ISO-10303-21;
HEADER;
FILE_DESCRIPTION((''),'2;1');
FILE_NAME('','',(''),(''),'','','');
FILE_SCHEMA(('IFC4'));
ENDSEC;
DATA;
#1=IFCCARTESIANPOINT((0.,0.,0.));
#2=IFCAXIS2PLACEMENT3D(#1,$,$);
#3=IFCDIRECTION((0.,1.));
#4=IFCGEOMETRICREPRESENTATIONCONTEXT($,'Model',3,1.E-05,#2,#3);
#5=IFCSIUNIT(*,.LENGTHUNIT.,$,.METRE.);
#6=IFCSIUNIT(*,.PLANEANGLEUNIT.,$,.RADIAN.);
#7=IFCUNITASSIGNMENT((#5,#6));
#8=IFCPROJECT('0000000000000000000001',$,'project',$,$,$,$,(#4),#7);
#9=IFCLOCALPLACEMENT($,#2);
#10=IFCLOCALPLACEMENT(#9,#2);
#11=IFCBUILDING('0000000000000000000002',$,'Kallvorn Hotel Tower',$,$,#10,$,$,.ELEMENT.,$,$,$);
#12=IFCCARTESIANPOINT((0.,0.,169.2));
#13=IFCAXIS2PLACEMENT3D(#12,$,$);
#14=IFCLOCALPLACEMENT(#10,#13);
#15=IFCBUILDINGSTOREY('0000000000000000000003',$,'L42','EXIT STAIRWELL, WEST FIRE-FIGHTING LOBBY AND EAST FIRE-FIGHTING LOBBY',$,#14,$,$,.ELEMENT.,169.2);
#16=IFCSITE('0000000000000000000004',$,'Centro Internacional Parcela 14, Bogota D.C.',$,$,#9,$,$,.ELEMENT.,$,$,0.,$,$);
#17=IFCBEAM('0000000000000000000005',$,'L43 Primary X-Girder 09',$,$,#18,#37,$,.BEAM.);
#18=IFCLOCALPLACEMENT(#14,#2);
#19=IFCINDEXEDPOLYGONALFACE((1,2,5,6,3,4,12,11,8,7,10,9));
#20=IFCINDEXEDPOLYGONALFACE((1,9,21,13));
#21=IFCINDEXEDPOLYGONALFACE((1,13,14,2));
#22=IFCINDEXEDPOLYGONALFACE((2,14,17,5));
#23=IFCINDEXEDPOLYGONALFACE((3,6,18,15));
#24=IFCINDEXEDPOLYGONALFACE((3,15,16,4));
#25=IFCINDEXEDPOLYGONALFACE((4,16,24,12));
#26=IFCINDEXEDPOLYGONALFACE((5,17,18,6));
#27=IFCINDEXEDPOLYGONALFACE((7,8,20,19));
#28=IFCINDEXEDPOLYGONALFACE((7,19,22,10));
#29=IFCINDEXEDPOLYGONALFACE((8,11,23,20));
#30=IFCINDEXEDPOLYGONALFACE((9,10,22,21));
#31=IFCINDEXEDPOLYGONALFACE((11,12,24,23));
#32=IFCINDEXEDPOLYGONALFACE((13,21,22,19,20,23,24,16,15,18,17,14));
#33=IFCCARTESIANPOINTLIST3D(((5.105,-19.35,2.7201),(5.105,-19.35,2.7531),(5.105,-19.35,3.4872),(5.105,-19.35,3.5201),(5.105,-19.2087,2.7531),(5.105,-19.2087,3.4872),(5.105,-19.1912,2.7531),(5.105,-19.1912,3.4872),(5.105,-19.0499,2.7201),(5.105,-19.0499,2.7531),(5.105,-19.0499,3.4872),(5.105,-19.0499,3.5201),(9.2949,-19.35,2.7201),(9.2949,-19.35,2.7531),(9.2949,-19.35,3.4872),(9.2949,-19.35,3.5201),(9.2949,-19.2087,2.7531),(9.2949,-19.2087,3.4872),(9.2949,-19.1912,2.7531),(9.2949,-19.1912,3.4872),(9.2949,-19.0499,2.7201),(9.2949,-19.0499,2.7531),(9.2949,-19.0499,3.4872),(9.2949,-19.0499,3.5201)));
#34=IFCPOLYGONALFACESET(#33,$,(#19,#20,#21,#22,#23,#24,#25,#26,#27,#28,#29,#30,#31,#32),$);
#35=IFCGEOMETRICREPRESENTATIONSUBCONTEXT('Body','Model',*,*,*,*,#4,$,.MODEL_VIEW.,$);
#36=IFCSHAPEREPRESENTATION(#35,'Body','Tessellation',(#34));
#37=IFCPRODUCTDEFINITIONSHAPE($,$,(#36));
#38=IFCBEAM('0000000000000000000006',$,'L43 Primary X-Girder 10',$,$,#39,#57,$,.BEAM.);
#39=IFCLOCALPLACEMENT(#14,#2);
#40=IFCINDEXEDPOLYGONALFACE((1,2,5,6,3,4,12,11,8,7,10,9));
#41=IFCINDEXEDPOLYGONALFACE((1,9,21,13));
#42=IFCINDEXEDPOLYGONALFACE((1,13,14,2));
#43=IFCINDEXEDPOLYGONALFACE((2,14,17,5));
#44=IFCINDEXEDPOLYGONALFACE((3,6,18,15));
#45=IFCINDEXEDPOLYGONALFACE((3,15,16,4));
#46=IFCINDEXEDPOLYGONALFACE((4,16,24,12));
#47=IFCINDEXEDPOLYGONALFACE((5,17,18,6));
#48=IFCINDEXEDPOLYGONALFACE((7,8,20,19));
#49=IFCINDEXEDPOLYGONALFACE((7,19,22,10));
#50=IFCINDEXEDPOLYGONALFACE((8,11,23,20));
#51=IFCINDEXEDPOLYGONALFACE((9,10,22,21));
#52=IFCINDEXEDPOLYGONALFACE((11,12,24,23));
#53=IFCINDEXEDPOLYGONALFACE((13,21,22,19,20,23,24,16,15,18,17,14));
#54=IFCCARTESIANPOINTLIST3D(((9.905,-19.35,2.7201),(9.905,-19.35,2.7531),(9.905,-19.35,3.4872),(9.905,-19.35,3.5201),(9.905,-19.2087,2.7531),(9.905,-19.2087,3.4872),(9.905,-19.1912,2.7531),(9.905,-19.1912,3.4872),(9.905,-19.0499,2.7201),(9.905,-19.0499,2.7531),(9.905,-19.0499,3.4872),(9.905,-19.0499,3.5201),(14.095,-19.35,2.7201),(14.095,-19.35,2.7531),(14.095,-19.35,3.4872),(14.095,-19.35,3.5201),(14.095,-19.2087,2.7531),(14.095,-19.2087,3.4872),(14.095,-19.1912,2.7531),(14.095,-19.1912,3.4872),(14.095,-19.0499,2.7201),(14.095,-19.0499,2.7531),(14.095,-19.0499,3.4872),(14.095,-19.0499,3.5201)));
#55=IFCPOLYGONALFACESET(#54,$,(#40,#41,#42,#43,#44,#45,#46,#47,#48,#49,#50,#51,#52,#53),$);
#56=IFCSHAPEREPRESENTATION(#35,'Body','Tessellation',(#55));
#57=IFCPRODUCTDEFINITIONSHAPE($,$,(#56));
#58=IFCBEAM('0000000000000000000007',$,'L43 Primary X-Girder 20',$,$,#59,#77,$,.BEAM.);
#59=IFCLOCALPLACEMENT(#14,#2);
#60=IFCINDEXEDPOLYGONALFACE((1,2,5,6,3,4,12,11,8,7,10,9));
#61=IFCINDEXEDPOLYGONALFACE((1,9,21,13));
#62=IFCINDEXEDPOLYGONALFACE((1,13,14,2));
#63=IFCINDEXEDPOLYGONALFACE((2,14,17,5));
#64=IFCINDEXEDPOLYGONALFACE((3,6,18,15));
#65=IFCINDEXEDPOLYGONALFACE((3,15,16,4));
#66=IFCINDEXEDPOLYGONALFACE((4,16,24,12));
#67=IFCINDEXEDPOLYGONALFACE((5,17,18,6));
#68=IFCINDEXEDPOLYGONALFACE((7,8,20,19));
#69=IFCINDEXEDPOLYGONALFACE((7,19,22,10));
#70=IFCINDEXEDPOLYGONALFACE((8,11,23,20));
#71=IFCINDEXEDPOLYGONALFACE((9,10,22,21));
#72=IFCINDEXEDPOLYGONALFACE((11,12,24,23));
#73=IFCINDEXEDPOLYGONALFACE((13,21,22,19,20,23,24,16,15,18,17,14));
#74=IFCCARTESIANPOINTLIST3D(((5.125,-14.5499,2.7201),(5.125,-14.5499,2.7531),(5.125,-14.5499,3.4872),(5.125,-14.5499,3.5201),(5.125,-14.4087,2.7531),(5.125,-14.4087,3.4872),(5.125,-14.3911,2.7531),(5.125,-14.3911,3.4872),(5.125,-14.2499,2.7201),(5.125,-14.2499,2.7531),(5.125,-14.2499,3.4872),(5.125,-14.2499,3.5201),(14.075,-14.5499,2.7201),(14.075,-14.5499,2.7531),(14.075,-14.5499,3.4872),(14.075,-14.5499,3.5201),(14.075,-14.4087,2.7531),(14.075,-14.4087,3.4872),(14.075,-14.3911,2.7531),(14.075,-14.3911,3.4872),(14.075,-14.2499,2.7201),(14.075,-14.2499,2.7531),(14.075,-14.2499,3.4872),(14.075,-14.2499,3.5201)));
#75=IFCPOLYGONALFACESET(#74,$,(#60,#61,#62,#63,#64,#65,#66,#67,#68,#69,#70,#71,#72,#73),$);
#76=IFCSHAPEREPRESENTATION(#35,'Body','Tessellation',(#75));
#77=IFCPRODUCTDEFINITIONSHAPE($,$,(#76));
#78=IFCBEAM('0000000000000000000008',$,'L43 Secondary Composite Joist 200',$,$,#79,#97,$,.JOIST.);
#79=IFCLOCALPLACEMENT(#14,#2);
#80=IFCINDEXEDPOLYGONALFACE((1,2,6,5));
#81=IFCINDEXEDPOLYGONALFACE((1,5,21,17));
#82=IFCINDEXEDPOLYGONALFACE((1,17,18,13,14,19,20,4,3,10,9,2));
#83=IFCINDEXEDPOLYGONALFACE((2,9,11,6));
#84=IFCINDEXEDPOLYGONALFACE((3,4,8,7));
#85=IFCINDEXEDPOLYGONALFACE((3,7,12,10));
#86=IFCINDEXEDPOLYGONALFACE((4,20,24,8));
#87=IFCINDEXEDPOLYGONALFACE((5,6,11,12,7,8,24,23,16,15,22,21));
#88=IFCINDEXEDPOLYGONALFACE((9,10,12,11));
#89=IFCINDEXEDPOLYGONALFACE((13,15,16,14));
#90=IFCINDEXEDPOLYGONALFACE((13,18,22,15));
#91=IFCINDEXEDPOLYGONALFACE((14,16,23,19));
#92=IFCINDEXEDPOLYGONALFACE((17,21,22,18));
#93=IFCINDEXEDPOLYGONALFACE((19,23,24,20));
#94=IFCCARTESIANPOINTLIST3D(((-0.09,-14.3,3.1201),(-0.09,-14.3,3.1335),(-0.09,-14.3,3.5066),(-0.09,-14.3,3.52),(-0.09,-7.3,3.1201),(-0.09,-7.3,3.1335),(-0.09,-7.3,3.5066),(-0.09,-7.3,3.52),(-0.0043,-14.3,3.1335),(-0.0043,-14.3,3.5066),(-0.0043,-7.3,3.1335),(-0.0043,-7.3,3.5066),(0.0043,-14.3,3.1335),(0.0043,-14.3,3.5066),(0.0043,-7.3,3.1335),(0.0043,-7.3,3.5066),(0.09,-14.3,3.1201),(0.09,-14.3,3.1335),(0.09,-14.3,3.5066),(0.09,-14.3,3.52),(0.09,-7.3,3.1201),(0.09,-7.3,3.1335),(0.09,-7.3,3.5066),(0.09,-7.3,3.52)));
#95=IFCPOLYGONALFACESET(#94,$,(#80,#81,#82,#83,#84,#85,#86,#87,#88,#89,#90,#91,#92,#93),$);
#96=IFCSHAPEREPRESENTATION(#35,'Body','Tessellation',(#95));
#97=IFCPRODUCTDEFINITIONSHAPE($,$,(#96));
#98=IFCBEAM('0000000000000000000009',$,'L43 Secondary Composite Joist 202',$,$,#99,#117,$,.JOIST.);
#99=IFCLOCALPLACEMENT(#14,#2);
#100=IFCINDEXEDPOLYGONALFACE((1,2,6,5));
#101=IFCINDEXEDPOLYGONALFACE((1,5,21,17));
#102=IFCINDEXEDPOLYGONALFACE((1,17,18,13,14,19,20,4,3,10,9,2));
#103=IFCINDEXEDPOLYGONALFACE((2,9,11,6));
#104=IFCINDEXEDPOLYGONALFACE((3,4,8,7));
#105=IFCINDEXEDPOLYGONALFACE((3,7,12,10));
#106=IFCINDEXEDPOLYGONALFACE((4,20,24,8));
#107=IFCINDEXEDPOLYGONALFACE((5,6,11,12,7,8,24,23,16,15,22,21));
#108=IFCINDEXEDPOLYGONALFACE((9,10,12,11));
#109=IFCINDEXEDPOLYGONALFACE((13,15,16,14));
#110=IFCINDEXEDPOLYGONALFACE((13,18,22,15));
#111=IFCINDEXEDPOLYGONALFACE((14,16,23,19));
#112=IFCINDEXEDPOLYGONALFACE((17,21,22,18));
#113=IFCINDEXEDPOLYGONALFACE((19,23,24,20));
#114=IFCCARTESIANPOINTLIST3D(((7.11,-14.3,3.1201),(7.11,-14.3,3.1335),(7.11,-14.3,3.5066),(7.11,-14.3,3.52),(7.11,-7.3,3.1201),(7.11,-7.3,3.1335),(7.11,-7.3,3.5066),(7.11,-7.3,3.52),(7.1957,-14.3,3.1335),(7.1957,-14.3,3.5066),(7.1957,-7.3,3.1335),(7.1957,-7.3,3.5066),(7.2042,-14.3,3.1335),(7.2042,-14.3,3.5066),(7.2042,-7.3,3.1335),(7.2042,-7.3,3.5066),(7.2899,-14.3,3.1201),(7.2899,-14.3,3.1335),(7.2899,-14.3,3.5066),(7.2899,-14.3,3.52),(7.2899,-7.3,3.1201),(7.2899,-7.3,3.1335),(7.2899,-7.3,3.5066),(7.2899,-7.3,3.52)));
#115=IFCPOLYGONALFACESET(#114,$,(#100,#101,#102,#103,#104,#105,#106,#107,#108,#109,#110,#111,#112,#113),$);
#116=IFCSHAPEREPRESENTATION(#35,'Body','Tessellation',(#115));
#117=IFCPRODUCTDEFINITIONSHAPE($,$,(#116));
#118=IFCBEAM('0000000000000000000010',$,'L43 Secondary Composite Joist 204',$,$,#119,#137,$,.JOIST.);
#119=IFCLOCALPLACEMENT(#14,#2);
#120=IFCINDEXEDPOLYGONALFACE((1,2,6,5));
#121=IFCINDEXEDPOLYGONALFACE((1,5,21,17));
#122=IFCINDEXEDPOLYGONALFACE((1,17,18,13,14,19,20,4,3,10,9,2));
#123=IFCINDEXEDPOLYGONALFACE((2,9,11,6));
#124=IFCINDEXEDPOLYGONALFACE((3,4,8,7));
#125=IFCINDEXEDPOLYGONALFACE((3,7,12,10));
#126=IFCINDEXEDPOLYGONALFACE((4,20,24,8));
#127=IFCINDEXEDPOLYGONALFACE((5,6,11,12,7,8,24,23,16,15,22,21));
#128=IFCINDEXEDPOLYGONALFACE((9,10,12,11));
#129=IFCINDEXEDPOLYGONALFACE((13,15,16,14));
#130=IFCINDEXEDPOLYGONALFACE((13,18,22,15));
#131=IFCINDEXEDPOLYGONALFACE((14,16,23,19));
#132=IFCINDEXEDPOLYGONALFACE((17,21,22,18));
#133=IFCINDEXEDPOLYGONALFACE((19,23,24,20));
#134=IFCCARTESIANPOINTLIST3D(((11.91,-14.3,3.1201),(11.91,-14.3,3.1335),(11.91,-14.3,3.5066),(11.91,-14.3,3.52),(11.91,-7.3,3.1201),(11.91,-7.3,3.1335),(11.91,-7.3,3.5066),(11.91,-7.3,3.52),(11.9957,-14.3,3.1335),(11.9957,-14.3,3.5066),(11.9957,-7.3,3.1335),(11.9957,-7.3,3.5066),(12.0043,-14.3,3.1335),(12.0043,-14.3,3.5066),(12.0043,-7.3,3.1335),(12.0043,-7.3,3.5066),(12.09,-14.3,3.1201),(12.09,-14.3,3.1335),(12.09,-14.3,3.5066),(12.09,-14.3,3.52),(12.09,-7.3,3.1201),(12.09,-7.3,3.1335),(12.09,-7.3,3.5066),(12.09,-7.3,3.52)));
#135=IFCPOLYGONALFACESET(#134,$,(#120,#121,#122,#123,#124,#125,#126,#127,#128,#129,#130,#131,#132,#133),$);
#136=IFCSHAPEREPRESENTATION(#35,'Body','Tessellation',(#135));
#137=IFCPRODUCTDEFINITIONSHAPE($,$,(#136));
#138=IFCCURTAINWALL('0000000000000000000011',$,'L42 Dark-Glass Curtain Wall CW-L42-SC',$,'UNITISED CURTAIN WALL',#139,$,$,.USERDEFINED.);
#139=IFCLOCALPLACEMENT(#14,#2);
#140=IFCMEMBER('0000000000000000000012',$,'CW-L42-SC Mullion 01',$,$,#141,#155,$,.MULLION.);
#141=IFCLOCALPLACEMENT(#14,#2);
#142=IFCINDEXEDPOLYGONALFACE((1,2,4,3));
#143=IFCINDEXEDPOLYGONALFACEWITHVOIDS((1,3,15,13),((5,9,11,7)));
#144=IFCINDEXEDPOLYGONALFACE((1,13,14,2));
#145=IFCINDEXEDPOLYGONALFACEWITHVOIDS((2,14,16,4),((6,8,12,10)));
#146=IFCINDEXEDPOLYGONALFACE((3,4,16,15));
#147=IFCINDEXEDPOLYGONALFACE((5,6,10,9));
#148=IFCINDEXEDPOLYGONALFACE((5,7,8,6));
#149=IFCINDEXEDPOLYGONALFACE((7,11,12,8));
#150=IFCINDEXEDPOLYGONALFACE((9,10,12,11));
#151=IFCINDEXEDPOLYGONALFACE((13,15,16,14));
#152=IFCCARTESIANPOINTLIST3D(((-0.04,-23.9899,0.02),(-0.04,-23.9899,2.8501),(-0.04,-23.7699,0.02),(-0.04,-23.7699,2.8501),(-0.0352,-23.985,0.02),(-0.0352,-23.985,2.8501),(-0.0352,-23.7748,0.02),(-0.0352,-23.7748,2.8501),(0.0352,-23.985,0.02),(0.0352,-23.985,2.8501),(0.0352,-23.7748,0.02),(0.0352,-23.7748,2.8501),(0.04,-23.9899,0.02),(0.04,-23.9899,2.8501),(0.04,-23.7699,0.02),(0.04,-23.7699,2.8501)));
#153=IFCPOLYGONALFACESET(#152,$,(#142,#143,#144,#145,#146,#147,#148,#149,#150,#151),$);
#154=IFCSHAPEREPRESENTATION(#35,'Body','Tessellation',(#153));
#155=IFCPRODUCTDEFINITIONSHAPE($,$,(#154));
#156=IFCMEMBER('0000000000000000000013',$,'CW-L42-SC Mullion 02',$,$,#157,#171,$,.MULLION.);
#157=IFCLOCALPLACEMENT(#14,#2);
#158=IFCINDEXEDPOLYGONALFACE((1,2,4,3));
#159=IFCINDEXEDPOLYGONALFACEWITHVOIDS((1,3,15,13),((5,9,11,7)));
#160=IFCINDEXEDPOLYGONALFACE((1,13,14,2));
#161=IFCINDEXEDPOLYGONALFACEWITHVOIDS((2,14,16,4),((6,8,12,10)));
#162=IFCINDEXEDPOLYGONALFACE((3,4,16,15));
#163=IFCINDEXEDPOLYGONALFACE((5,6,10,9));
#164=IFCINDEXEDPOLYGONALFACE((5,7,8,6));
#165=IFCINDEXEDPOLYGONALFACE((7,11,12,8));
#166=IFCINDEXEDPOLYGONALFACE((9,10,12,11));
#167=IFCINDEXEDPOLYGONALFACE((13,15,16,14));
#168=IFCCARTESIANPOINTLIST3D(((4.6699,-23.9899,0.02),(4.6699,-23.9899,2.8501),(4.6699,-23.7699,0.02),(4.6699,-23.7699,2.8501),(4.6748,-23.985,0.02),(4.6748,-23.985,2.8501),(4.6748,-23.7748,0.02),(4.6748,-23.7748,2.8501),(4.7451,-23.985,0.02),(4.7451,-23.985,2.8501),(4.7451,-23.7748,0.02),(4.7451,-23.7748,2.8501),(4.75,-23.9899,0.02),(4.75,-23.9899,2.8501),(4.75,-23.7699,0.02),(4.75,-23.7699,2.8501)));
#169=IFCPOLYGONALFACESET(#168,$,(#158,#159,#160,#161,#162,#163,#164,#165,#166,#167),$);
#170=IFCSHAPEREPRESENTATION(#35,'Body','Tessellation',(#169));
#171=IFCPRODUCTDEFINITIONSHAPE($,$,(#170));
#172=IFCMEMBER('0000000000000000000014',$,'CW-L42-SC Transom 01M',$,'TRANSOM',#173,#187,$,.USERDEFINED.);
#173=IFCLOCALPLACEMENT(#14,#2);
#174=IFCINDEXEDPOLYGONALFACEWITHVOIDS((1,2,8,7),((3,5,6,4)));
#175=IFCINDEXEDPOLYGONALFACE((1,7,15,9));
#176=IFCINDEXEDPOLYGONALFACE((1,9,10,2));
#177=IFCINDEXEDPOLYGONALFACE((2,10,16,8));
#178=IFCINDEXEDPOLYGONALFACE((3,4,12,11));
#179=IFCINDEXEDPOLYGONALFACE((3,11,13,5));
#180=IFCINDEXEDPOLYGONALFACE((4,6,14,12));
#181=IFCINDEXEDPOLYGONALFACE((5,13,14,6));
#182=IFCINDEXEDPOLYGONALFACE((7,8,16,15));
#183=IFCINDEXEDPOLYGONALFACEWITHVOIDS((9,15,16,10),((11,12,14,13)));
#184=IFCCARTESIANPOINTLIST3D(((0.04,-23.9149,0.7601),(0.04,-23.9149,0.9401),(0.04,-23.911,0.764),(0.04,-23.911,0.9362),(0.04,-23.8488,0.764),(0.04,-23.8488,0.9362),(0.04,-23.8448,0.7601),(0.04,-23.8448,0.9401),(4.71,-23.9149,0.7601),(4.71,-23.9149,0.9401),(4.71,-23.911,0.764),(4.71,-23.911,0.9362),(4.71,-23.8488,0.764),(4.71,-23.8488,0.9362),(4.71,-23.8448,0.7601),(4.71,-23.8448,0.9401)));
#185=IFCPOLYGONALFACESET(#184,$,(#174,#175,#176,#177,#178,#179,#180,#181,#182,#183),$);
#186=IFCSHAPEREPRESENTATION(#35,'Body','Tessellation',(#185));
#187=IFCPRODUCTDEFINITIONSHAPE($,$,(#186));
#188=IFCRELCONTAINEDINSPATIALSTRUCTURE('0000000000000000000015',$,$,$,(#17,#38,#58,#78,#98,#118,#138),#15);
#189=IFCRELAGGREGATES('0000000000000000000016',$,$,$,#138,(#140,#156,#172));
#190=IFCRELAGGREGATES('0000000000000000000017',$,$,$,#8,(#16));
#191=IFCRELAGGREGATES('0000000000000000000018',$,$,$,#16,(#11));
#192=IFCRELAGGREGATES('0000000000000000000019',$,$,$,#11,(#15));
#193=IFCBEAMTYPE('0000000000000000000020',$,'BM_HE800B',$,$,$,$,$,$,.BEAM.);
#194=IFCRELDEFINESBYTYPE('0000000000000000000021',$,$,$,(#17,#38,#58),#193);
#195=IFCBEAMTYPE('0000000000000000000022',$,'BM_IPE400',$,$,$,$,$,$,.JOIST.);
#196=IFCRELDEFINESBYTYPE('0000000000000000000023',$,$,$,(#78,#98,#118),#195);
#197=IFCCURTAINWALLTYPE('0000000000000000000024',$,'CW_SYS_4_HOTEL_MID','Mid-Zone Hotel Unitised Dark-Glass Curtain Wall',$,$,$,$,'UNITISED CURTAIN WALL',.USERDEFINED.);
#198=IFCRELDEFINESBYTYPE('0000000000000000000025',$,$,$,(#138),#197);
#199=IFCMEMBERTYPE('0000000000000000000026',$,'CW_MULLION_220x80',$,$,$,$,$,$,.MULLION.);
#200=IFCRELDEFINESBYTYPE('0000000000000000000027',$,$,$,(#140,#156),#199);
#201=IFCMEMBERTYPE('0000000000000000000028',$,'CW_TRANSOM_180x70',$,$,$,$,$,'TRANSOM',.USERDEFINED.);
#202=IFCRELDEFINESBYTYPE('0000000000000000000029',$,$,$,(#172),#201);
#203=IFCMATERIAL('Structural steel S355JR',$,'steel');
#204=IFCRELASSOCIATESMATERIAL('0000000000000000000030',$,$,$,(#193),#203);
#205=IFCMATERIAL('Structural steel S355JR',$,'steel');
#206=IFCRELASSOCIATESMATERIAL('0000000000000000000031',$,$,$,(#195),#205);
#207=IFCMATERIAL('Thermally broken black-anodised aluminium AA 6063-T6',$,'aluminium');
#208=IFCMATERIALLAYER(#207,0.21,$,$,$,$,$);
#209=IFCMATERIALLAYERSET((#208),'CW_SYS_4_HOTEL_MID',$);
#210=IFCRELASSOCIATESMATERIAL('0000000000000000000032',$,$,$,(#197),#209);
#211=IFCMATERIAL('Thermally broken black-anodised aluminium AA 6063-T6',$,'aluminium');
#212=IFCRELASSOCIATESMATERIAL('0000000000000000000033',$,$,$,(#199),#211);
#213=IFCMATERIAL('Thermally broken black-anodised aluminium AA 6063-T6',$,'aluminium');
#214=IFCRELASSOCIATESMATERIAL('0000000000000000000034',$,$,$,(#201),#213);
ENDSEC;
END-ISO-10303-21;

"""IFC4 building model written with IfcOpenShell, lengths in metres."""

from ifc_helpers import new_model, si_unit, direction, frame, origin, origin_2d, place, context, subcontext, project, spatial, hollow_rectangle, i_section, extrude, material, layer, layer_set, material_profile, profile_set, type_object, element, aggregate, save


model = new_model("IFC4")

# Units and contexts
model_context = context("Model", 3, precision=1e-05, world=origin(), true_north=direction((0.0, 1.0)))
body_context = subcontext(model_context, "Body", "Model", "MODEL_VIEW")
ifc_project = project(units=[si_unit("LENGTHUNIT", "METRE"), si_unit("PLANEANGLEUNIT", "RADIAN")], contexts=[model_context])

# Site, building, storey
site_placement = place(None, origin())
site = spatial("IfcSite", under=ifc_project, at=site_placement, Name="Centro Internacional Parcela 14, Bogota D.C.", CompositionType="ELEMENT", RefElevation=0.0)
building_placement = place(site_placement, origin())
building = spatial("IfcBuilding", under=site, at=building_placement, Name="Kallvorn Hotel Tower", CompositionType="ELEMENT")
storey_placement = place(building_placement, frame((0.0, 0.0, 169.2)))
storey = spatial("IfcBuildingStorey", under=building, at=storey_placement, Name="L42", Description="EXIT STAIRWELL, WEST FIRE-FIGHTING LOBBY AND EAST FIRE-FIGHTING LOBBY", CompositionType="ELEMENT", Elevation=169.2)

# Beams
ifc_material_1 = material(Name="Structural steel S355JR", Category="steel")
ifc_material_profile_1 = material_profile(ifc_material_1, i_section(OverallWidth=0.3, OverallDepth=0.8, WebThickness=0.0176, FlangeThickness=0.033, at=origin_2d()), Name="HE 800 B")
ifc_profile_set_1 = profile_set([ifc_material_profile_1], Name="Structural steel S355JR")
beam_type_1 = type_object("IfcBeamType", Name="BM_HE800B", PredefinedType="BEAM", material=ifc_profile_set_1)
for number, where, z_axis, x_axis, name in (
    (1, (5.105, -19.2, 3.1201), (1.0, 0.0, 0.0), (0.0, 1.0, 0.0), "L43 Primary X-Girder 09"),
    (2, (9.905, -19.2, 3.1201), (1.0, 0.0, 0.0), (0.0, 1.0, 0.0), "L43 Primary X-Girder 10"),
):
    element("IfcBeam", number, at=place(storey_placement, frame(where, z_axis=z_axis, x_axis=x_axis)), inside=storey, type_object=beam_type_1, Name=name, PredefinedType="BEAM", context=body_context, shape_type="SweptSolid", body=[
        extrude(i_section(OverallWidth=0.3, OverallDepth=0.8, WebThickness=0.0176, FlangeThickness=0.033, at=origin_2d()), origin(), (0.0, 0.0, 1.0), 4.1899),
    ])
beam_1_placement = place(storey_placement, frame((5.125, -14.3999, 3.1201), z_axis=(1.0, 0.0, 0.0), x_axis=(0.0, 1.0, 0.0)))
element("IfcBeam", 3, at=beam_1_placement, inside=storey, type_object=beam_type_1, Name="L43 Primary X-Girder 20", PredefinedType="BEAM", context=body_context, shape_type="SweptSolid", body=[
    extrude(i_section(OverallWidth=0.3, OverallDepth=0.8, WebThickness=0.0176, FlangeThickness=0.033, at=origin_2d()), origin(), (0.0, 0.0, 1.0), 8.95),
])
ifc_material_2 = material(Name="Structural steel S355JR", Category="steel")
ifc_material_profile_2 = material_profile(ifc_material_2, i_section(OverallWidth=0.1799, OverallDepth=0.3999, WebThickness=0.0085, FlangeThickness=0.0134, at=origin_2d()), Name="IPE 400")
ifc_profile_set_2 = profile_set([ifc_material_profile_2], Name="Structural steel S355JR")
beam_type_2 = type_object("IfcBeamType", Name="BM_IPE400", PredefinedType="JOIST", material=ifc_profile_set_2)
for number, where, z_axis, x_axis, name in (
    (4, (0.0, -14.3, 3.3201), (0.0, 1.0, 0.0), (-1.0, 0.0, 0.0), "L43 Secondary Composite Joist 200"),
    (5, (7.2, -14.3, 3.3201), (0.0, 1.0, 0.0), (-1.0, 0.0, 0.0), "L43 Secondary Composite Joist 202"),
    (6, (12.0, -14.3, 3.3201), (0.0, 1.0, 0.0), (-1.0, 0.0, 0.0), "L43 Secondary Composite Joist 204"),
):
    element("IfcBeam", number, at=place(storey_placement, frame(where, z_axis=z_axis, x_axis=x_axis)), inside=storey, type_object=beam_type_2, Name=name, PredefinedType="JOIST", context=body_context, shape_type="SweptSolid", body=[
        extrude(i_section(OverallWidth=0.1799, OverallDepth=0.3999, WebThickness=0.0085, FlangeThickness=0.0134, at=origin_2d()), origin(), (0.0, 0.0, 1.0), 7.0),
    ])

# Curtain wall, members
ifc_material_3 = material(Name="Thermally broken black-anodised aluminium AA 6063-T6", Category="aluminium")
ifc_layer_1 = layer(ifc_material_3, 0.21)
ifc_layer_set_1 = layer_set([ifc_layer_1], Name="CW_SYS_4_HOTEL_MID")
curtain_wall_type = type_object("IfcCurtainWallType", Name="CW_SYS_4_HOTEL_MID", Description="Mid-Zone Hotel Unitised Dark-Glass Curtain Wall", ElementType="UNITISED CURTAIN WALL", PredefinedType="USERDEFINED", material=ifc_layer_set_1)
curtain_wall_placement = place(storey_placement, origin())
curtain_wall = element("IfcCurtainWall", 7, at=curtain_wall_placement, inside=storey, type_object=curtain_wall_type, Name="L42 Dark-Glass Curtain Wall CW-L42-SC", ObjectType="UNITISED CURTAIN WALL", PredefinedType="USERDEFINED")
ifc_material_4 = material(Name="Thermally broken black-anodised aluminium AA 6063-T6", Category="aluminium")
ifc_material_profile_3 = material_profile(ifc_material_4, hollow_rectangle(XDim=0.0801, YDim=0.22, WallThickness=0.0049, at=origin_2d()), Name="MUL 220x80")
ifc_profile_set_3 = profile_set([ifc_material_profile_3], Name="Thermally broken black-anodised aluminium AA 6063-T6")
member_type_1 = type_object("IfcMemberType", Name="CW_MULLION_220x80", PredefinedType="MULLION", material=ifc_profile_set_3)
member_1_placement = place(storey_placement, frame((0.0, -23.8799, 0.02), z_axis=(0.0, 0.0, 1.0), x_axis=(1.0, 0.0, 0.0)))
member_1 = element("IfcMember", 8, at=member_1_placement, type_object=member_type_1, Name="CW-L42-SC Mullion 01", PredefinedType="MULLION", context=body_context, shape_type="SweptSolid", body=[
    extrude(hollow_rectangle(XDim=0.0801, YDim=0.22, WallThickness=0.0049, at=origin_2d()), origin(), (0.0, 0.0, 1.0), 2.8301),
])
member_2_placement = place(storey_placement, frame((4.71, -23.8799, 0.02), z_axis=(0.0, 0.0, 1.0), x_axis=(1.0, 0.0, 0.0)))
member_2 = element("IfcMember", 9, at=member_2_placement, type_object=member_type_1, Name="CW-L42-SC Mullion 02", PredefinedType="MULLION", context=body_context, shape_type="SweptSolid", body=[
    extrude(hollow_rectangle(XDim=0.0801, YDim=0.22, WallThickness=0.0049, at=origin_2d()), origin(), (0.0, 0.0, 1.0), 2.8301),
])
ifc_material_5 = material(Name="Thermally broken black-anodised aluminium AA 6063-T6", Category="aluminium")
ifc_material_profile_4 = material_profile(ifc_material_5, hollow_rectangle(XDim=0.0701, YDim=0.1799, WallThickness=0.0039, at=origin_2d()), Name="TRN 180x70")
ifc_profile_set_4 = profile_set([ifc_material_profile_4], Name="Thermally broken black-anodised aluminium AA 6063-T6")
member_type_2 = type_object("IfcMemberType", Name="CW_TRANSOM_180x70", ElementType="TRANSOM", PredefinedType="USERDEFINED", material=ifc_profile_set_4)
member_3_placement = place(storey_placement, frame((0.04, -23.8799, 0.8501), z_axis=(1.0, 0.0, 0.0), x_axis=(0.0, 1.0, 0.0)))
member_3 = element("IfcMember", 10, at=member_3_placement, type_object=member_type_2, Name="CW-L42-SC Transom 01M", ObjectType="TRANSOM", PredefinedType="USERDEFINED", context=body_context, shape_type="SweptSolid", body=[
    extrude(hollow_rectangle(XDim=0.0701, YDim=0.1799, WallThickness=0.0039, at=origin_2d()), origin(), (0.0, 0.0, 1.0), 4.6699),
])
aggregate(curtain_wall, [member_1, member_2, member_3])

save(model, "model.ifc")
